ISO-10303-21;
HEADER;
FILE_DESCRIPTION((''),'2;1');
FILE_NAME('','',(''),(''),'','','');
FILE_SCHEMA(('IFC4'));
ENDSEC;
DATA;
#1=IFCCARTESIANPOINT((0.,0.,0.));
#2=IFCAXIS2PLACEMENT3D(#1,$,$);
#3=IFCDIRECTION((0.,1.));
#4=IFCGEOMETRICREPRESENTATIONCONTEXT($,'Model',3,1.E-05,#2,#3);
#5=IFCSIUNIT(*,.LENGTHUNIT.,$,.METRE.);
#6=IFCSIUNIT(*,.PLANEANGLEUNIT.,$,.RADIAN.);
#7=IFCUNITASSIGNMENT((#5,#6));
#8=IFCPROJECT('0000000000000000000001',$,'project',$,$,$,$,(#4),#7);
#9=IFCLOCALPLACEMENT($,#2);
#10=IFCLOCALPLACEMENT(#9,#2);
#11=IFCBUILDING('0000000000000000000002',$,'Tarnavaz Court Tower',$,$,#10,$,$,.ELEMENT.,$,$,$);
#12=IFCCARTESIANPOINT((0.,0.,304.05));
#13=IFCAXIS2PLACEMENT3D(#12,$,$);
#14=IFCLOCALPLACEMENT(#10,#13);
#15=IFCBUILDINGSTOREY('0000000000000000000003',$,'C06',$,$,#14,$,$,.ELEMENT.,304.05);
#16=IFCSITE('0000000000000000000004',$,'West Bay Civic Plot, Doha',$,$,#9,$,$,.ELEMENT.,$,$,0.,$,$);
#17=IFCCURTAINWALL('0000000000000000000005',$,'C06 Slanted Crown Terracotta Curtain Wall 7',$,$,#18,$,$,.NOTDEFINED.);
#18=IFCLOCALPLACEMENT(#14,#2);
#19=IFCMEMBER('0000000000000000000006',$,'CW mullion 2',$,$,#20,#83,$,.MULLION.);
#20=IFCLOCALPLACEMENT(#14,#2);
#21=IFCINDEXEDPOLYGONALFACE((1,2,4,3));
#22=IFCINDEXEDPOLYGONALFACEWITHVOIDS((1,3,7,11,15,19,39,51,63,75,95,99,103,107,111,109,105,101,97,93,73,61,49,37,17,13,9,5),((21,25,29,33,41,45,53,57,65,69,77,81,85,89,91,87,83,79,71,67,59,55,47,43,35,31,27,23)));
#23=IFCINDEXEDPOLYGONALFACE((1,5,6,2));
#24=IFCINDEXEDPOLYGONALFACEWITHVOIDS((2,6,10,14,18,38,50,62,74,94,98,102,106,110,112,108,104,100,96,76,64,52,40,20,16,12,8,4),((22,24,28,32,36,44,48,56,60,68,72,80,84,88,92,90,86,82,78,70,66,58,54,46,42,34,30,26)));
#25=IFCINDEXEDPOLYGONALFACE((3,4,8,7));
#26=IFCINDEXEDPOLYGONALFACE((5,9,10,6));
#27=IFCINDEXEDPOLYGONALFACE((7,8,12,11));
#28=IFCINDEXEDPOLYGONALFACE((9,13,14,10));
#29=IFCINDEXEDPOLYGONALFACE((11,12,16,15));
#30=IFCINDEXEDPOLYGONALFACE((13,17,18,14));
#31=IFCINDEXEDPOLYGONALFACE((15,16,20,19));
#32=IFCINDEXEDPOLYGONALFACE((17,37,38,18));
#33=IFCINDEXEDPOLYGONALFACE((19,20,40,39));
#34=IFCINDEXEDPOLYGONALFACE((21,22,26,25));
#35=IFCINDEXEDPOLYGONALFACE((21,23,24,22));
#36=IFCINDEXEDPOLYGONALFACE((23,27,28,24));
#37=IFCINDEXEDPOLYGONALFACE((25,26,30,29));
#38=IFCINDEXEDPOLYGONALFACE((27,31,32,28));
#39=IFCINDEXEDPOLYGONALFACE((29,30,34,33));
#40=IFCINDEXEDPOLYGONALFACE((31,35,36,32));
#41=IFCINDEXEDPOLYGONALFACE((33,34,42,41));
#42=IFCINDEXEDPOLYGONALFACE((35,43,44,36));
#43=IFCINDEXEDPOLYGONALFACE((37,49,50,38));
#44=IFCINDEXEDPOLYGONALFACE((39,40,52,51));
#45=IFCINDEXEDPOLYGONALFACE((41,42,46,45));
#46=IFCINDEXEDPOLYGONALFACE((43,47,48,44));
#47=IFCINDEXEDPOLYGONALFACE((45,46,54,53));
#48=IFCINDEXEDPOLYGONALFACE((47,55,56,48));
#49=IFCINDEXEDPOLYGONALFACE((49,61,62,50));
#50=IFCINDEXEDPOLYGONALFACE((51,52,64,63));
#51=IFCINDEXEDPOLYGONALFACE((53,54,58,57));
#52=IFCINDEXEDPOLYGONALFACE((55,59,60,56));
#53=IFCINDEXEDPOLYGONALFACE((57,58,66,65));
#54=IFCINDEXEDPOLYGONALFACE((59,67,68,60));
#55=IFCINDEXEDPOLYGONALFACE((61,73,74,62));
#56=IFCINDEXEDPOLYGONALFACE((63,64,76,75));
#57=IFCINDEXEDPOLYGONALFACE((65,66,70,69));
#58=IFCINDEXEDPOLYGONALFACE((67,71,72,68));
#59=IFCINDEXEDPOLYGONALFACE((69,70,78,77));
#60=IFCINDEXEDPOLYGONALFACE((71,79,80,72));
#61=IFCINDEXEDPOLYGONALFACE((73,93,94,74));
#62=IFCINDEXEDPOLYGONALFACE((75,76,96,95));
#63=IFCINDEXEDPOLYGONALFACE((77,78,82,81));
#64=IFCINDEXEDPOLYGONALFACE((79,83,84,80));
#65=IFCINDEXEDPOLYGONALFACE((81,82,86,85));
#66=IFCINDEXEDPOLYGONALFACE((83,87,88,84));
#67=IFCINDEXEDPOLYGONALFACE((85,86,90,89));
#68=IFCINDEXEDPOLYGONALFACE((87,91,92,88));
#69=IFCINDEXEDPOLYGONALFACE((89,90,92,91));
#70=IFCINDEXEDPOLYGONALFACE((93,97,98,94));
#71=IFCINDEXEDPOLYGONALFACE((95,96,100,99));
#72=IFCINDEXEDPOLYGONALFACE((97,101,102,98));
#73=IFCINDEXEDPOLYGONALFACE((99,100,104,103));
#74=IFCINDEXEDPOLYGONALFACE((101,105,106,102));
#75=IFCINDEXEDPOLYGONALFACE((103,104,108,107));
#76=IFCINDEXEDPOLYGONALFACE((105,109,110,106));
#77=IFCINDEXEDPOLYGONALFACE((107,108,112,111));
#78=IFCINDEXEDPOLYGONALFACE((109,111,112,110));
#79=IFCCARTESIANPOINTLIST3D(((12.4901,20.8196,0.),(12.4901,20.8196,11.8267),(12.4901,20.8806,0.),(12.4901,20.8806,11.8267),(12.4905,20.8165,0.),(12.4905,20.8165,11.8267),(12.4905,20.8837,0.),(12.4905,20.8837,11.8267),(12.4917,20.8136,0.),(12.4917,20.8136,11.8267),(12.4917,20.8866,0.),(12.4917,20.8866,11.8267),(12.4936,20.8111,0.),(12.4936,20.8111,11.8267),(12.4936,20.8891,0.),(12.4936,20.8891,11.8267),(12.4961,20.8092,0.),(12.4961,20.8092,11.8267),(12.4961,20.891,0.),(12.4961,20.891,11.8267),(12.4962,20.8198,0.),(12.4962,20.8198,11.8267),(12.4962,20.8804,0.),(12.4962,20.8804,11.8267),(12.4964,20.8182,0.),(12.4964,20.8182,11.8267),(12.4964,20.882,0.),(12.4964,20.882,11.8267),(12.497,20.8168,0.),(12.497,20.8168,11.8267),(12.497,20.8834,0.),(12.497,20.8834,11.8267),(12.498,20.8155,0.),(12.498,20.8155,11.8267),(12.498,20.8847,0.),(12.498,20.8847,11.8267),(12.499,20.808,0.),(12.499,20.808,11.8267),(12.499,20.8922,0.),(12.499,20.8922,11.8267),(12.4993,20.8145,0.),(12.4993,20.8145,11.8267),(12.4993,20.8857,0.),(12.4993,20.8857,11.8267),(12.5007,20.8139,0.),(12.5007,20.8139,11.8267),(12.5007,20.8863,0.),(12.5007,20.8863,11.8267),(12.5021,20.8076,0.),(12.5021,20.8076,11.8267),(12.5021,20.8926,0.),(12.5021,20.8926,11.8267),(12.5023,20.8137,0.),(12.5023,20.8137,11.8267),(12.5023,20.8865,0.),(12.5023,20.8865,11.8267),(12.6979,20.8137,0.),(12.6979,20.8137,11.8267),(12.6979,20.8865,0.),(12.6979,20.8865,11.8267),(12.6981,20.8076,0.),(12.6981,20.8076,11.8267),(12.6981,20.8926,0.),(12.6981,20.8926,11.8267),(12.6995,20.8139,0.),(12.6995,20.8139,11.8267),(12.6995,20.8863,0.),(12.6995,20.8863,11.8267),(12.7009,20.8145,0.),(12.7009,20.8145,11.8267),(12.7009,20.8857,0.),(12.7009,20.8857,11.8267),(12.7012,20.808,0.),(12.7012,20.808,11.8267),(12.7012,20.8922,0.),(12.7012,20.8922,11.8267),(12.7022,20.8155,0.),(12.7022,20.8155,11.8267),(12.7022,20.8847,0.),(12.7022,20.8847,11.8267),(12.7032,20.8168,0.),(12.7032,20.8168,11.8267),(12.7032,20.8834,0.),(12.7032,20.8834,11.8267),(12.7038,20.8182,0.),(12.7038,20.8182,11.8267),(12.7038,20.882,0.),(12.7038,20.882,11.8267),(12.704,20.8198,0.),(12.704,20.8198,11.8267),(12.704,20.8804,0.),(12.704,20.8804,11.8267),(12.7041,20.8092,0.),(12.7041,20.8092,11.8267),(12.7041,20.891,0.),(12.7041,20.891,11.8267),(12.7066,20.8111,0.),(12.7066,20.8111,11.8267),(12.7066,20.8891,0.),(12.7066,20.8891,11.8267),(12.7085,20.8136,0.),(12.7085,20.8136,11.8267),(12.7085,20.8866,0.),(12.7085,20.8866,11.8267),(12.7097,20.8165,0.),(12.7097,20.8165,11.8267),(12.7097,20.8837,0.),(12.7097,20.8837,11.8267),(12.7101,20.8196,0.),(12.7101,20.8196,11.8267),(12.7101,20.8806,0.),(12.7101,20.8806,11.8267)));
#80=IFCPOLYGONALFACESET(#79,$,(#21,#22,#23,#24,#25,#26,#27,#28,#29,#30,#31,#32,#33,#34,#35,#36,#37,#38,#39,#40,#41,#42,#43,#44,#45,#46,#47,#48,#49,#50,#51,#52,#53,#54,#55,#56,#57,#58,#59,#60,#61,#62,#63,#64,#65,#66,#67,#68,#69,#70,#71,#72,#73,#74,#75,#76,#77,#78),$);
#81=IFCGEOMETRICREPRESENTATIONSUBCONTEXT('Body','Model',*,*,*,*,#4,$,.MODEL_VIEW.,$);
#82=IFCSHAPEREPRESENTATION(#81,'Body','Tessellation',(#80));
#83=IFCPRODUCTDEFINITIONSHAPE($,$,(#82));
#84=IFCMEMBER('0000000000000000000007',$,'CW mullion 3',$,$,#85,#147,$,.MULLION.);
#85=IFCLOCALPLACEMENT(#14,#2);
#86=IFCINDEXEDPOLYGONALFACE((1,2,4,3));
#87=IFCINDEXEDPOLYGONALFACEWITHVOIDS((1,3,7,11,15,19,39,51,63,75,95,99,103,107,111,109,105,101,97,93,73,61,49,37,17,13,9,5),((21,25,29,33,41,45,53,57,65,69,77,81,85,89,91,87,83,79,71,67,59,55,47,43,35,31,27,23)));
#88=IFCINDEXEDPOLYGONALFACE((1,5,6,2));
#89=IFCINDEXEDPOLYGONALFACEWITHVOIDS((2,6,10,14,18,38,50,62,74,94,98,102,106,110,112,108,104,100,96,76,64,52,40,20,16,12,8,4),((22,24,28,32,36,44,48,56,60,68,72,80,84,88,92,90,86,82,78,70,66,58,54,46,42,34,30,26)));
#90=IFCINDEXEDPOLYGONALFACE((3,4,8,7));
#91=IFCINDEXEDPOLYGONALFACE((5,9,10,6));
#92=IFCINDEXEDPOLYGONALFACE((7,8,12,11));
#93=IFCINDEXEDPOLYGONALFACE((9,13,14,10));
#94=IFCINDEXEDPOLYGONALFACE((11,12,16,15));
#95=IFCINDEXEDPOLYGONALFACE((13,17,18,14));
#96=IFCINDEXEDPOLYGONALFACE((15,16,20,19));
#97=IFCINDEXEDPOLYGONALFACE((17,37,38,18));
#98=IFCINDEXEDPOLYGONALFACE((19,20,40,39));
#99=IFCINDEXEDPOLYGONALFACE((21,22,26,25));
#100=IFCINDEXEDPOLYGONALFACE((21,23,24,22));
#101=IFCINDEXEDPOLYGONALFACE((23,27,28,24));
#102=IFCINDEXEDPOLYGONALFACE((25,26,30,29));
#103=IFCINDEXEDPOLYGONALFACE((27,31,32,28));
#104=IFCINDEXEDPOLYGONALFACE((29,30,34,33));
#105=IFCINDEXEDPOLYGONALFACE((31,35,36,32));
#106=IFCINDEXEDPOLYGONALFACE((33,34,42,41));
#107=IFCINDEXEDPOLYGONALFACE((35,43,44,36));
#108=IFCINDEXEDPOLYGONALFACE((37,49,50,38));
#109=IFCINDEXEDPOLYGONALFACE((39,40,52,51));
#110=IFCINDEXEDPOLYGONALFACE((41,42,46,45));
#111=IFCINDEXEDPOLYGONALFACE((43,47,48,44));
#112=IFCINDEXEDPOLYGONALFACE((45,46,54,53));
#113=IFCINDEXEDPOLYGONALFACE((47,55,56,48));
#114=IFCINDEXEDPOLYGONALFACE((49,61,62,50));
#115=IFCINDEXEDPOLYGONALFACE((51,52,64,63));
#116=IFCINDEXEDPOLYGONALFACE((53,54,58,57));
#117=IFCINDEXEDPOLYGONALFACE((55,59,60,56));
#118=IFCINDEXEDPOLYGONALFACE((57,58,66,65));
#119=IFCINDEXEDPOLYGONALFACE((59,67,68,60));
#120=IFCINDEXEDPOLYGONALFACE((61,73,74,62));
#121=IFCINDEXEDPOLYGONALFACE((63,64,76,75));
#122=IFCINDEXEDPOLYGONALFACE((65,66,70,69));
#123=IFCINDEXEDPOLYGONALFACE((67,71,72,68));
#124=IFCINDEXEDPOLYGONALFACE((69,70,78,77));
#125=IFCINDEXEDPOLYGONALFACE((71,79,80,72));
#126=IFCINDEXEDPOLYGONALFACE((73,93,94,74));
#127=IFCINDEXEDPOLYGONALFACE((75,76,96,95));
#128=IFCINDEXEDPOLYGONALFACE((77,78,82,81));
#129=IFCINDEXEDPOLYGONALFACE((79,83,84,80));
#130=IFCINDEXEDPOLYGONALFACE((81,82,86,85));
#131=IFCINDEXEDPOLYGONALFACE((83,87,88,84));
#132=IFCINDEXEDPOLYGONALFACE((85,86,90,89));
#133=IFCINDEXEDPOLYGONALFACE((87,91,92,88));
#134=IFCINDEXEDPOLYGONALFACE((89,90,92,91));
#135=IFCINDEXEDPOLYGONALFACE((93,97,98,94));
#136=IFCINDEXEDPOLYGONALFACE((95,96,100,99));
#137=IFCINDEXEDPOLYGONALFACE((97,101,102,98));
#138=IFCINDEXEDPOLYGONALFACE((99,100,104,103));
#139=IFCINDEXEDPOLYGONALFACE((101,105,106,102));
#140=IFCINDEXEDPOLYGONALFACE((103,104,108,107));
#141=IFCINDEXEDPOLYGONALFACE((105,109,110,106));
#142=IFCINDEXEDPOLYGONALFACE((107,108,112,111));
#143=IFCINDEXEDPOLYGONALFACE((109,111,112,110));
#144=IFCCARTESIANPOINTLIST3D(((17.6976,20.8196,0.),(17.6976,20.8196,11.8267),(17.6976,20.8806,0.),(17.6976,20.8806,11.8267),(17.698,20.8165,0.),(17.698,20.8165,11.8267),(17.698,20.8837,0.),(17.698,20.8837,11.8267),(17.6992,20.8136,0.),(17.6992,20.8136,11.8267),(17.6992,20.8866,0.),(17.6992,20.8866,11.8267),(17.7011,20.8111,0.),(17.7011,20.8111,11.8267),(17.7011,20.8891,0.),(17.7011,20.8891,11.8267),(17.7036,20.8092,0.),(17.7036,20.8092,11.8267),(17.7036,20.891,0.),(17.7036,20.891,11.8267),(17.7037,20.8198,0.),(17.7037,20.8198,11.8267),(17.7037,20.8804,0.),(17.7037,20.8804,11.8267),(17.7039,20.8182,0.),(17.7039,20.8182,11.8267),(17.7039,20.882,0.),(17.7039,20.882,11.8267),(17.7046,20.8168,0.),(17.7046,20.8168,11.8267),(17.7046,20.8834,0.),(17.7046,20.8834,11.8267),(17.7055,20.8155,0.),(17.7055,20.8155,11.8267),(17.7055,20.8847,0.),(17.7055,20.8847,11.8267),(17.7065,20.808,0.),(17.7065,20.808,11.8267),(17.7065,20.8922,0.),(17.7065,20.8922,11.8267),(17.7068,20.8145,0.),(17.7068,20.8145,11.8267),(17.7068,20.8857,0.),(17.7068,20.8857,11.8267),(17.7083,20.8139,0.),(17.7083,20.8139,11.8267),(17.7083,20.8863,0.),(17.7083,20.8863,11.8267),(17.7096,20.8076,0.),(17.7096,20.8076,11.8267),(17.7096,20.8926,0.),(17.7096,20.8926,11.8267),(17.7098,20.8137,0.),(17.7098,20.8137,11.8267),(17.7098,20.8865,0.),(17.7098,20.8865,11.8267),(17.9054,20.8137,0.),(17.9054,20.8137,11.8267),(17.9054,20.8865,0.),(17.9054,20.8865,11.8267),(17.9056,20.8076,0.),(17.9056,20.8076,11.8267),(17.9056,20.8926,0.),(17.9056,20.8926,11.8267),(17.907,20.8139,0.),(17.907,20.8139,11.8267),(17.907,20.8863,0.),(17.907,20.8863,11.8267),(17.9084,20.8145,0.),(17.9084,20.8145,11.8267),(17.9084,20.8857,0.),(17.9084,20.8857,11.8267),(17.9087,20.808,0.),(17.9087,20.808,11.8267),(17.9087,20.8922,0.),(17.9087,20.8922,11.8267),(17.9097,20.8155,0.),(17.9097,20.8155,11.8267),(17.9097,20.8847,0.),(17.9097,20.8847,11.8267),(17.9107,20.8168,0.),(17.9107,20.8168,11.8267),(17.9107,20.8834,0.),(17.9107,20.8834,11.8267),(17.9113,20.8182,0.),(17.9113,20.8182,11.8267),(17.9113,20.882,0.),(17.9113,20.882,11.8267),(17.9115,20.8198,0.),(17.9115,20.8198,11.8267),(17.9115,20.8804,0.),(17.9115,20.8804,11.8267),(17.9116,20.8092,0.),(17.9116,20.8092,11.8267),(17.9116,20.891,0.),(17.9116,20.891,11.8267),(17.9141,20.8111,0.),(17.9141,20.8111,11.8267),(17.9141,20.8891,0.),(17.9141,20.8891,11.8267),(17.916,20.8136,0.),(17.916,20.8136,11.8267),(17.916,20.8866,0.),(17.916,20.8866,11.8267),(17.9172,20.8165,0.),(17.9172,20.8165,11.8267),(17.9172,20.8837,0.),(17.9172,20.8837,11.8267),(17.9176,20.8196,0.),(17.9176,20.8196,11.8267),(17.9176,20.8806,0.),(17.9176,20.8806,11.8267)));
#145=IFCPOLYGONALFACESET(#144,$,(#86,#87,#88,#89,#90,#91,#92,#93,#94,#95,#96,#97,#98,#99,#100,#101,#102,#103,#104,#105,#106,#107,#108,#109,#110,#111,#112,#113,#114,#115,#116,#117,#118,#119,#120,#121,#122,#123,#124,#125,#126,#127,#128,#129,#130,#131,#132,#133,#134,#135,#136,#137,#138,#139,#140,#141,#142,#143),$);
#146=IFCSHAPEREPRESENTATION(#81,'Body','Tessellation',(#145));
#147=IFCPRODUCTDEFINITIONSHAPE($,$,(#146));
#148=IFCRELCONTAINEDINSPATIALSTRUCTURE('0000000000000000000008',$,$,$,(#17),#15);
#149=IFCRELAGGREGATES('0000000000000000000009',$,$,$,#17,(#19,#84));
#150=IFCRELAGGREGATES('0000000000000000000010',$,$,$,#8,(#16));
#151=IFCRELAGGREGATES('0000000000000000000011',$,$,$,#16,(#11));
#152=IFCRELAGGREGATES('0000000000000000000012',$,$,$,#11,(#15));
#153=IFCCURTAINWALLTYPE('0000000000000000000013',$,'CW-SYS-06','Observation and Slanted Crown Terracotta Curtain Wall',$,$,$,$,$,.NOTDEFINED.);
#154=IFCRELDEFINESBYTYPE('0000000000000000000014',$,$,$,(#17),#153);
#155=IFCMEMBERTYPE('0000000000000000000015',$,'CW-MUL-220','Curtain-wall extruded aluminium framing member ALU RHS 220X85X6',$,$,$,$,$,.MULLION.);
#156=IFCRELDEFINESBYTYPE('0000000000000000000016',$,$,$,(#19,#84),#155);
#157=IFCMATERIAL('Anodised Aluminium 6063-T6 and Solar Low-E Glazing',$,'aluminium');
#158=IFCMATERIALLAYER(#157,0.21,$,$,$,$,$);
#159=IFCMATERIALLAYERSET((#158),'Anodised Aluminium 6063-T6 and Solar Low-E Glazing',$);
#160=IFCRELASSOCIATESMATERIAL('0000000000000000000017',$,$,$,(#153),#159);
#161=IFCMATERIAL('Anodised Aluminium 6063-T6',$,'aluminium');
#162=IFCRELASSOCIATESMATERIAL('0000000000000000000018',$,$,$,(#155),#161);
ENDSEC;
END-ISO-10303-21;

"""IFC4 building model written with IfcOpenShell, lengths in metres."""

from ifc_helpers import new_model, si_unit, direction, frame, origin, origin_2d, place, context, subcontext, project, spatial, hollow_rectangle, extrude, material, layer, layer_set, material_profile, profile_set, type_object, element, aggregate, save


model = new_model("IFC4")

# Units and contexts
model_context = context("Model", 3, precision=1e-05, world=origin(), true_north=direction((0.0, 1.0)))
body_context = subcontext(model_context, "Body", "Model", "MODEL_VIEW")
ifc_project = project(units=[si_unit("LENGTHUNIT", "METRE"), si_unit("PLANEANGLEUNIT", "RADIAN")], contexts=[model_context])

# Site, building, storey
site_placement = place(None, origin())
site = spatial("IfcSite", under=ifc_project, at=site_placement, Name="West Bay Civic Plot, Doha", CompositionType="ELEMENT", RefElevation=0.0)
building_placement = place(site_placement, origin())
building = spatial("IfcBuilding", under=site, at=building_placement, Name="Tarnavaz Court Tower", CompositionType="ELEMENT")
storey_placement = place(building_placement, frame((0.0, 0.0, 304.05)))
storey = spatial("IfcBuildingStorey", under=building, at=storey_placement, Name="C06", CompositionType="ELEMENT", Elevation=304.05)

# Shared definitions
ifc_material_1 = material(Name="Anodised Aluminium 6063-T6 and Solar Low-E Glazing", Category="aluminium")
ifc_layer_1 = layer(ifc_material_1, 0.21)
ifc_layer_set_1 = layer_set([ifc_layer_1], Name="Anodised Aluminium 6063-T6 and Solar Low-E Glazing")
curtain_wall_type = type_object("IfcCurtainWallType", Name="CW-SYS-06", Description="Observation and Slanted Crown Terracotta Curtain Wall", PredefinedType="NOTDEFINED", material=ifc_layer_set_1)
ifc_material_2 = material(Name="Anodised Aluminium 6063-T6", Category="aluminium")
ifc_material_profile_1 = material_profile(ifc_material_2, hollow_rectangle(XDim=0.085, YDim=0.22, WallThickness=0.0061, InnerFilletRadius=0.0061, OuterFilletRadius=0.012, at=origin_2d()), Name="ALU RHS 220X85X6")
ifc_profile_set_1 = profile_set([ifc_material_profile_1], Name="Anodised Aluminium 6063-T6")
member_type_1 = type_object("IfcMemberType", Name="CW-MUL-220", Description="Curtain-wall extruded aluminium framing member ALU RHS 220X85X6", PredefinedType="MULLION", material=ifc_profile_set_1)

# Curtain wall, members
curtain_wall_1_placement = place(storey_placement, origin())
curtain_wall_1 = element("IfcCurtainWall", 1, at=curtain_wall_1_placement, inside=storey, type_object=curtain_wall_type, Name="C06 Slanted Crown Terracotta Curtain Wall 7", PredefinedType="NOTDEFINED")
member_1_placement = place(storey_placement, frame((12.6001, 20.8501, 0.0), z_axis=(0.0, 0.0, 1.0), x_axis=(0.0, 1.0, 0.0)))
member_1 = element("IfcMember", 2, at=member_1_placement, type_object=member_type_1, Name="CW mullion 2", PredefinedType="MULLION", context=body_context, shape_type="SweptSolid", body=[
    extrude(hollow_rectangle(XDim=0.085, YDim=0.22, WallThickness=0.0061, InnerFilletRadius=0.0061, OuterFilletRadius=0.012, at=origin_2d()), origin(), (0.0, 0.0, 1.0), 11.8267),
])
member_2_placement = place(storey_placement, frame((17.8076, 20.8501, 0.0), z_axis=(0.0, 0.0, 1.0), x_axis=(0.0, 1.0, 0.0)))
member_2 = element("IfcMember", 3, at=member_2_placement, type_object=member_type_1, Name="CW mullion 3", PredefinedType="MULLION", context=body_context, shape_type="SweptSolid", body=[
    extrude(hollow_rectangle(XDim=0.085, YDim=0.22, WallThickness=0.0061, InnerFilletRadius=0.0061, OuterFilletRadius=0.012, at=origin_2d()), origin(), (0.0, 0.0, 1.0), 11.8267),
])

aggregate(curtain_wall_1, [member_1, member_2])

save(model, "model.ifc")
